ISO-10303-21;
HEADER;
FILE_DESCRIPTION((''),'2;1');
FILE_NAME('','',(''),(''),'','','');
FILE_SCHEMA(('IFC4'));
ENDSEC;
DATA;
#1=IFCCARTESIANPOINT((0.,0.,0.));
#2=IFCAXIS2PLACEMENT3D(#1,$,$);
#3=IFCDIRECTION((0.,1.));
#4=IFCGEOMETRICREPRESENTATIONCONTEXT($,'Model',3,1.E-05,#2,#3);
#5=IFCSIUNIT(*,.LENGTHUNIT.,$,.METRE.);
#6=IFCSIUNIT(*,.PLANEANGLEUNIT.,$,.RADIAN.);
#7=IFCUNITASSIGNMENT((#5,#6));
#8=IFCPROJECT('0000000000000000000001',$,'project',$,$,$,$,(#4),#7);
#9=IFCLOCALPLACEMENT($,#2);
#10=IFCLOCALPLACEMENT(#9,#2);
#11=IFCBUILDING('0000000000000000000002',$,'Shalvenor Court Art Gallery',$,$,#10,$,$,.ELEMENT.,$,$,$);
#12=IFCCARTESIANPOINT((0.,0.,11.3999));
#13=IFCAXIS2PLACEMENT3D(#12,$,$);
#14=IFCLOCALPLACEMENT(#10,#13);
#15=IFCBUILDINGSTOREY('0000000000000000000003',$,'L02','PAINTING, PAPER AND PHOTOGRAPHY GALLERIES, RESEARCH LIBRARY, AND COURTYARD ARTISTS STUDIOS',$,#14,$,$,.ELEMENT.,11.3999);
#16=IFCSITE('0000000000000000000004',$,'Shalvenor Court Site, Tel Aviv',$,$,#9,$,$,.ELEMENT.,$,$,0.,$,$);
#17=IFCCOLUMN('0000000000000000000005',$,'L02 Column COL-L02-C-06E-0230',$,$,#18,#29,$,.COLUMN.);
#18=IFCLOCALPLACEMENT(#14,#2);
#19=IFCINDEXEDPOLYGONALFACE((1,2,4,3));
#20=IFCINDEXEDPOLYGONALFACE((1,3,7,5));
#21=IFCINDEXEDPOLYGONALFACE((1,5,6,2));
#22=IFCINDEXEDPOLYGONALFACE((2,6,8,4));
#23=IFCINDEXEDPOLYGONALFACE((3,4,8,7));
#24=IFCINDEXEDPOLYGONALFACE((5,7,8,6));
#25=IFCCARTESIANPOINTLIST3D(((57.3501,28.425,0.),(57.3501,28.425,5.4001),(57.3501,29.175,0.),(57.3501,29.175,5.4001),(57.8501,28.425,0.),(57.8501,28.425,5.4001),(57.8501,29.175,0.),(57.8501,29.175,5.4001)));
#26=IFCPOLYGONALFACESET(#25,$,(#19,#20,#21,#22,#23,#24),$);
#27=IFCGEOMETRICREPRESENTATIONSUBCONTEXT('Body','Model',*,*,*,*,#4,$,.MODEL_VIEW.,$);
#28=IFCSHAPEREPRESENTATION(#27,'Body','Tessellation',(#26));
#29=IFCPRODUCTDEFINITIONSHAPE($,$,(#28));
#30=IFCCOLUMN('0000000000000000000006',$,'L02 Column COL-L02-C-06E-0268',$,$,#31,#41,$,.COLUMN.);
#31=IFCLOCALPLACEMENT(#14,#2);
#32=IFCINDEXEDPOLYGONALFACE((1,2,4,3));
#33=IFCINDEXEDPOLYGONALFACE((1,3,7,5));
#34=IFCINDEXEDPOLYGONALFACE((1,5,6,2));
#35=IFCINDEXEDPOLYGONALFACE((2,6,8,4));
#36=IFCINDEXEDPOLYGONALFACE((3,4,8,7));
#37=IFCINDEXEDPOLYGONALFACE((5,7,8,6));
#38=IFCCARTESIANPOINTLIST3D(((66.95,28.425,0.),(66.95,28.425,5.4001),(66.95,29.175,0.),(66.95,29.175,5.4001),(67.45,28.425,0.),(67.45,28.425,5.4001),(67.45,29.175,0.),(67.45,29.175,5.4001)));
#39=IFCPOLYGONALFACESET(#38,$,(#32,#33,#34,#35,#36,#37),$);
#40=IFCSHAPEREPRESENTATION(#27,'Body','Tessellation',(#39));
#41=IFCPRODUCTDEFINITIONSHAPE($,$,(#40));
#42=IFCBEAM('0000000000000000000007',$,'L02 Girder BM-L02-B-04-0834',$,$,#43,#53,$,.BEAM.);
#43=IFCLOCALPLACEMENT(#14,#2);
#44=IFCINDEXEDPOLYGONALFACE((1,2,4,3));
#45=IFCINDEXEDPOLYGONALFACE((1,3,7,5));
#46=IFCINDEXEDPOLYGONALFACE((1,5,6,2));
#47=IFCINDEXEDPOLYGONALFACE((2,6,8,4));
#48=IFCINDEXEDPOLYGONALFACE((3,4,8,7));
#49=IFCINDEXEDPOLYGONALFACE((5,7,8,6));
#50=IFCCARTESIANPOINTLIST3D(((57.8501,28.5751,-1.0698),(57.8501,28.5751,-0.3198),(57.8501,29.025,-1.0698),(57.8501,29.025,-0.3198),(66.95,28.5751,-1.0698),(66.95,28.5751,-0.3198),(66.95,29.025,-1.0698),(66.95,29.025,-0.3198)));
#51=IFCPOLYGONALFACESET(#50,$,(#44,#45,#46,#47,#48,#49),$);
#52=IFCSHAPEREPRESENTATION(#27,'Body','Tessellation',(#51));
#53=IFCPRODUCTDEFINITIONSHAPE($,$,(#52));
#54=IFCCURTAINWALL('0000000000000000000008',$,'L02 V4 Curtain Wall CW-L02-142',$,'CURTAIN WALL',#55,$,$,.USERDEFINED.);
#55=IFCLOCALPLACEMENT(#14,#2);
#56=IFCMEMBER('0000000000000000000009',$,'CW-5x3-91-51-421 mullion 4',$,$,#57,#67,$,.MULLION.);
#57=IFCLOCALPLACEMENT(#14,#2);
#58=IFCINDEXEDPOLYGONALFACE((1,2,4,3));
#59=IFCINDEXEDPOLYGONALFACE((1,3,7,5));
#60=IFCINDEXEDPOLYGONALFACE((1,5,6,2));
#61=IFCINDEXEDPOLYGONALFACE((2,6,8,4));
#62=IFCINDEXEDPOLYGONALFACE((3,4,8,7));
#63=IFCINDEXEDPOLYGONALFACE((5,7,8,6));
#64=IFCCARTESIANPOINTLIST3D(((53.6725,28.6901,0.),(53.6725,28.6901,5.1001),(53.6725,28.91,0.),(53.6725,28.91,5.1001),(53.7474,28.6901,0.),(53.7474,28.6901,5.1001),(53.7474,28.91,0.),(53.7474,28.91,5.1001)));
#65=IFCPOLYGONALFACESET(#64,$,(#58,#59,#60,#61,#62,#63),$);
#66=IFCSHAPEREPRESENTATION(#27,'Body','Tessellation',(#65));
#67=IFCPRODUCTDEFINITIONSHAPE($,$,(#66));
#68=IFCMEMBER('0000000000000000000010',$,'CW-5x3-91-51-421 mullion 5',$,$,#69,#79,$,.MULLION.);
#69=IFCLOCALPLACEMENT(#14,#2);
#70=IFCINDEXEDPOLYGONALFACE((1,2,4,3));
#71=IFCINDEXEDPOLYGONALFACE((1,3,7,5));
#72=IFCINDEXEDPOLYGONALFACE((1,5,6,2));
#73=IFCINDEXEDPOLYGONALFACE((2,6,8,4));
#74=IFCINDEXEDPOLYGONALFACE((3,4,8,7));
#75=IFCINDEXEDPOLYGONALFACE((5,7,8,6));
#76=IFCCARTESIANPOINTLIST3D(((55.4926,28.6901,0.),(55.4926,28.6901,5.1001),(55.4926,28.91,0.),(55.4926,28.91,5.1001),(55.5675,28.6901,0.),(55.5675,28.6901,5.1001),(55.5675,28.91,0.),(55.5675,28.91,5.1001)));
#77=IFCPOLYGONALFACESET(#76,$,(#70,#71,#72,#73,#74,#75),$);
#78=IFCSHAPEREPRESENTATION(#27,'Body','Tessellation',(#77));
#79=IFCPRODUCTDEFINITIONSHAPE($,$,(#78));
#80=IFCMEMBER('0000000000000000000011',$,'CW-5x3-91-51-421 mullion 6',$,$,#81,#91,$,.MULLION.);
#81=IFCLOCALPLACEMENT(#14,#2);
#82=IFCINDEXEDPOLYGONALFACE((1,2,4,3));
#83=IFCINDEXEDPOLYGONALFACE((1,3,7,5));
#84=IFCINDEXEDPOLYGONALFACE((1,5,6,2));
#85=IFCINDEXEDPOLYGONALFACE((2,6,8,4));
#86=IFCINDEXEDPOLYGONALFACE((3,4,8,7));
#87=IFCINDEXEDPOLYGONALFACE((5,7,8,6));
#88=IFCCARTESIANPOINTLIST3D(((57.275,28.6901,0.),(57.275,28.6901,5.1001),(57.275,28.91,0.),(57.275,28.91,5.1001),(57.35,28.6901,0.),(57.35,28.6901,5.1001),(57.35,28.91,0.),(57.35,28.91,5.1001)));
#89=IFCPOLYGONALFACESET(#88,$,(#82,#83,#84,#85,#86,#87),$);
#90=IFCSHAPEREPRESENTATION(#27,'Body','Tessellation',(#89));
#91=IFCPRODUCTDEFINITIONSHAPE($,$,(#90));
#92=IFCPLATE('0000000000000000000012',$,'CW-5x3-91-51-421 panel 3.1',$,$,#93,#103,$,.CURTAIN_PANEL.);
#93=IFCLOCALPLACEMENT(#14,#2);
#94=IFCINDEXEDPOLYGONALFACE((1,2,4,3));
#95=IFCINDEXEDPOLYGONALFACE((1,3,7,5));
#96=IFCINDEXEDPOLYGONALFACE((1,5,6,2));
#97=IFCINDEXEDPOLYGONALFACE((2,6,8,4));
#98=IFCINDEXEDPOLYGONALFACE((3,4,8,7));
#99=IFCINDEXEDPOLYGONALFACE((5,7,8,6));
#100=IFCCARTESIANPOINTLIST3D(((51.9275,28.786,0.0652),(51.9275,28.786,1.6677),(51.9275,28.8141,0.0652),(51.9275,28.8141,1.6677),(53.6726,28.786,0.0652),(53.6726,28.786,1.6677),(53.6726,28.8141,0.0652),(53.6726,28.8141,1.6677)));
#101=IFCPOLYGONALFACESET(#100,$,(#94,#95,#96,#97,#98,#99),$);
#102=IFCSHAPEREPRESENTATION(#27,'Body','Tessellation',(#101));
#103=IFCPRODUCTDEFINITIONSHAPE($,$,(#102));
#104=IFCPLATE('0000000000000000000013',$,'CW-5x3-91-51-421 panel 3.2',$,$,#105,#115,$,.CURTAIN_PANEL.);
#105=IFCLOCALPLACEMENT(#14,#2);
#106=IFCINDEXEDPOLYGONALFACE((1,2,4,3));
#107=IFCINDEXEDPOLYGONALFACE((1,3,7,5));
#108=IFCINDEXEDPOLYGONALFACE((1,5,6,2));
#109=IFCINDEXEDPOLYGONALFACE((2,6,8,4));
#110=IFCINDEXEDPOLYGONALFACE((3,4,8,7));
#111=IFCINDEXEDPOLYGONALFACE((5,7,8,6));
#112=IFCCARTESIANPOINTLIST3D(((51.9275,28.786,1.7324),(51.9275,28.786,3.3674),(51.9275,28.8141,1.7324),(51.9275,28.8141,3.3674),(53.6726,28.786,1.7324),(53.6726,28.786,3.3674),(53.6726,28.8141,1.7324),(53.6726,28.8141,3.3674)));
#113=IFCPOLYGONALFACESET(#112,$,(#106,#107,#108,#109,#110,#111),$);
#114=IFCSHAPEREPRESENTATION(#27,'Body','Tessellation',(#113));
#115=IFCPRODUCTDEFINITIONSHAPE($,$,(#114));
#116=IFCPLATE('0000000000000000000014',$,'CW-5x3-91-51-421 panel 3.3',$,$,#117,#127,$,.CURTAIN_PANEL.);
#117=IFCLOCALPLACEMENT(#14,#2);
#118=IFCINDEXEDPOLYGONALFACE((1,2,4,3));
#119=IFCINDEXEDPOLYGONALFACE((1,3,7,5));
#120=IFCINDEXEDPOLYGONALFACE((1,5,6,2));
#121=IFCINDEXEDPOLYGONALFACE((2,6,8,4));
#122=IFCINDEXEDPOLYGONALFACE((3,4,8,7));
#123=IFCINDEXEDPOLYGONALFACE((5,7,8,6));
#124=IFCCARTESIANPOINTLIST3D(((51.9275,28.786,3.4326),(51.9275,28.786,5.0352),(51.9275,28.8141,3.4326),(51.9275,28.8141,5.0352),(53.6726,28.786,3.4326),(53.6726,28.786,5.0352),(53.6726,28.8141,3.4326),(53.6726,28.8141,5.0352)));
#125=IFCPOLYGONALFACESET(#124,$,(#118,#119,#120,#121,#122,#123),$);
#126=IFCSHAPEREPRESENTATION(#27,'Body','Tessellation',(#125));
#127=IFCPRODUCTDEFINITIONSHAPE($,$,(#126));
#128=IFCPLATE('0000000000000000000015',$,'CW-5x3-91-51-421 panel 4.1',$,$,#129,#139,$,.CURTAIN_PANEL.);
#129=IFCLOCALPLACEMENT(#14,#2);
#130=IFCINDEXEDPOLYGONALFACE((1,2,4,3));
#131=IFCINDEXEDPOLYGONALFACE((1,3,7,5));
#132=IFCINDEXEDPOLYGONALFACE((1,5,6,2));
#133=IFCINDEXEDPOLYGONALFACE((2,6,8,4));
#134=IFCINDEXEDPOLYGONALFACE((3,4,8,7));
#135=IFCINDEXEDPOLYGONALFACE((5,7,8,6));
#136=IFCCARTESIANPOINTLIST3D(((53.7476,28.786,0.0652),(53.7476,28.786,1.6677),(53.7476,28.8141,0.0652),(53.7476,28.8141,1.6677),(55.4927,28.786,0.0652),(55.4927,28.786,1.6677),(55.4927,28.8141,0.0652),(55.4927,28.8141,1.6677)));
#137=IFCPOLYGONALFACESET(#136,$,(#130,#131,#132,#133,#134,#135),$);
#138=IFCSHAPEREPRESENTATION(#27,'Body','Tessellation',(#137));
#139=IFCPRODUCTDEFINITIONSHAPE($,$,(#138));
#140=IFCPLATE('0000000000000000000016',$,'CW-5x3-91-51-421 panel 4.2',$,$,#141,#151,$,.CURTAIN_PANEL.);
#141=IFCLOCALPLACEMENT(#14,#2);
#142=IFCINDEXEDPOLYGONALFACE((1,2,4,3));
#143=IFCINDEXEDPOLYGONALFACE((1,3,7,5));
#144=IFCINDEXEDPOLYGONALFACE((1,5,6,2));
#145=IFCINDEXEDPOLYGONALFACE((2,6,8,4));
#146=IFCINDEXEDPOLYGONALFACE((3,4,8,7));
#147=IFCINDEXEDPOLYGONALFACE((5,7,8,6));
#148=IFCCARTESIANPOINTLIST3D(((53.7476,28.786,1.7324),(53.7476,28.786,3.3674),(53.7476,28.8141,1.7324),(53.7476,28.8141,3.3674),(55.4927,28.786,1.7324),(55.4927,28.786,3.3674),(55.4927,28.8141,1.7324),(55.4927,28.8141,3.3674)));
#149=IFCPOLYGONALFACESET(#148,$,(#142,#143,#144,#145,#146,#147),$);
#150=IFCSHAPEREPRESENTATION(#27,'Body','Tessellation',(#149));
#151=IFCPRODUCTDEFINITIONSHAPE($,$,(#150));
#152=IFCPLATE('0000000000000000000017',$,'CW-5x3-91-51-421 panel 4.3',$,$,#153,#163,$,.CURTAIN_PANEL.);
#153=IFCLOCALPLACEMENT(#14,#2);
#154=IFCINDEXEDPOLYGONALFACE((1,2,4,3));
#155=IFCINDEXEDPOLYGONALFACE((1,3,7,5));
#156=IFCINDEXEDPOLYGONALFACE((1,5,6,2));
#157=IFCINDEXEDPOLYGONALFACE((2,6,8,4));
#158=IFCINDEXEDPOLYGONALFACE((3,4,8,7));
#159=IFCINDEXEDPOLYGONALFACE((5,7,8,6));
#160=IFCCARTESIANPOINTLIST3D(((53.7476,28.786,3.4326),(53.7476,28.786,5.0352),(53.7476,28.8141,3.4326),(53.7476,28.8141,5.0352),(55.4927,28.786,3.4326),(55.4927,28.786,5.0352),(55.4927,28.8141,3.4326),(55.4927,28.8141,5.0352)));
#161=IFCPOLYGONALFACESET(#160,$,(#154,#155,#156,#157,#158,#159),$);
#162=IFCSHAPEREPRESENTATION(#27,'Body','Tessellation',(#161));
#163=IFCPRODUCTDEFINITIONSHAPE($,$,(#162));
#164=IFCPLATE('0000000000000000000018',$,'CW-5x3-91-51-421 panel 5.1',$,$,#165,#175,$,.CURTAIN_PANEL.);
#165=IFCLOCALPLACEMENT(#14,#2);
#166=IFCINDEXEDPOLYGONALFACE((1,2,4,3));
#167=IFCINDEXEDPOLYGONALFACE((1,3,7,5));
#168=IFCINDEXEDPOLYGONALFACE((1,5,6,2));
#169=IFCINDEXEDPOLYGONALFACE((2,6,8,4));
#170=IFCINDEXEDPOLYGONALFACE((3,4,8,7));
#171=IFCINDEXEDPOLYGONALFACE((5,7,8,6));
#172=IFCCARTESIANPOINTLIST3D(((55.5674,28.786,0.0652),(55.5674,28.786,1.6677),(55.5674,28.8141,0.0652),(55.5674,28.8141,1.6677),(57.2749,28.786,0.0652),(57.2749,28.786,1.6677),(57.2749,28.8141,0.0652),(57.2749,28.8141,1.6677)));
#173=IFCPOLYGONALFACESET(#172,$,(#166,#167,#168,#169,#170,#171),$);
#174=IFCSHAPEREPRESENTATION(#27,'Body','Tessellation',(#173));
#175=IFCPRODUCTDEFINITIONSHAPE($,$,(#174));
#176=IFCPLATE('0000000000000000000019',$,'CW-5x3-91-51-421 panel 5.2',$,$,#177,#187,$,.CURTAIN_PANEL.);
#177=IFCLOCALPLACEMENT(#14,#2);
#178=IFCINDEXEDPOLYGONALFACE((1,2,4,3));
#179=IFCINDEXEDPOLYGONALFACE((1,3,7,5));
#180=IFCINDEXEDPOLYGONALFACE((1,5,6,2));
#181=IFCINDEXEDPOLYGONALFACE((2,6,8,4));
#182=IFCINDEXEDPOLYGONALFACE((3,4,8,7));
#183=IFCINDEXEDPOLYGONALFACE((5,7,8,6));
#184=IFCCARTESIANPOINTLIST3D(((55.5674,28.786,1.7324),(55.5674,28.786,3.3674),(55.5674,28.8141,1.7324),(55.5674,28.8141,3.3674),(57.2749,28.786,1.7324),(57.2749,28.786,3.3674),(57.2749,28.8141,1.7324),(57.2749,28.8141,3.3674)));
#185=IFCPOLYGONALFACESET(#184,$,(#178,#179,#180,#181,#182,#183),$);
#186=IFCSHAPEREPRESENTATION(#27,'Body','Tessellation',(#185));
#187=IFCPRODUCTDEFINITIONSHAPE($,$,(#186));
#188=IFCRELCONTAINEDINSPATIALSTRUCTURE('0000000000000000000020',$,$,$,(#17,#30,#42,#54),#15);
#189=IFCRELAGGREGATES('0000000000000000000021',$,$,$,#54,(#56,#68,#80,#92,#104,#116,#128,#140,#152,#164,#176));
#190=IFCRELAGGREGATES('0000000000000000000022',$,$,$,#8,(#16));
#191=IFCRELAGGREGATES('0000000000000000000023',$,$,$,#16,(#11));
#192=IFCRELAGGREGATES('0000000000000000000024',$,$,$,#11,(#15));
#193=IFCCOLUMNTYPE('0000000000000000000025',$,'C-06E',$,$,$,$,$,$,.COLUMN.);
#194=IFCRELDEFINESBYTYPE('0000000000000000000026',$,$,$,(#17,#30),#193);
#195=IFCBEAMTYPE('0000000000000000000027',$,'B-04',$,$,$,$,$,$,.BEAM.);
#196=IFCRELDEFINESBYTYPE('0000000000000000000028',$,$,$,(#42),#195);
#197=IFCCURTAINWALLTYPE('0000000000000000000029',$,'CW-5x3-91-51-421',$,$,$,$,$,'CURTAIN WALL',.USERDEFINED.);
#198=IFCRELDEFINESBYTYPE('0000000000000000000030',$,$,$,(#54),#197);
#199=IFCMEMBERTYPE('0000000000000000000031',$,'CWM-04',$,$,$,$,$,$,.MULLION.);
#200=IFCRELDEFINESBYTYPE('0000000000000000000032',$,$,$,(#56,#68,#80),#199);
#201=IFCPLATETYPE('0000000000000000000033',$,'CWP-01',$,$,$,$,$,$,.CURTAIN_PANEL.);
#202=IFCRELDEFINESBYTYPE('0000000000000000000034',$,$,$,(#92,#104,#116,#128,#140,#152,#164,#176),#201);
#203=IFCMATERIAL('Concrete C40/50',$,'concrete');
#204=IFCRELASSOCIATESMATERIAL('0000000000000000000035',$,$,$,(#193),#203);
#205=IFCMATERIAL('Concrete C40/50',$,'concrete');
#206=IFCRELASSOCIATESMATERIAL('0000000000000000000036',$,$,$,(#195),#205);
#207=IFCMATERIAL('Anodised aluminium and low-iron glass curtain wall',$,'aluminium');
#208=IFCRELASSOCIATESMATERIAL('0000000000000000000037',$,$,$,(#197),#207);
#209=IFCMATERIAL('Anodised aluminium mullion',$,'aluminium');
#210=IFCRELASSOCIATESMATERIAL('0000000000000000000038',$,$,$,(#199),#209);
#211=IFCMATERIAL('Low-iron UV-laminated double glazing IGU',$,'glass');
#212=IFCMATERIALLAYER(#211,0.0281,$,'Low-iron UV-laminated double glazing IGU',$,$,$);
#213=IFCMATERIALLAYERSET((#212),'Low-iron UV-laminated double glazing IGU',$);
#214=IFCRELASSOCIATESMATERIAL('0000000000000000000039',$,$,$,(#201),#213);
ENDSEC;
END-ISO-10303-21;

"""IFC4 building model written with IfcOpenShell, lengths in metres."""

from ifc_helpers import new_model, si_unit, direction, frame, origin, origin_2d, place, context, subcontext, project, spatial, rectangle, extrude, material, layer, layer_set, material_profile, profile_set, type_object, element, aggregate, save


model = new_model("IFC4")

# Units and contexts
model_context = context("Model", 3, precision=1e-05, world=origin(), true_north=direction((0.0, 1.0)))
body_context = subcontext(model_context, "Body", "Model", "MODEL_VIEW")
ifc_project = project(units=[si_unit("LENGTHUNIT", "METRE"), si_unit("PLANEANGLEUNIT", "RADIAN")], contexts=[model_context])

# Site, building, storey
site_placement = place(None, origin())
site = spatial("IfcSite", under=ifc_project, at=site_placement, Name="Shalvenor Court Site, Tel Aviv", CompositionType="ELEMENT", RefElevation=0.0)
building_placement = place(site_placement, origin())
building = spatial("IfcBuilding", under=site, at=building_placement, Name="Shalvenor Court Art Gallery", CompositionType="ELEMENT")
storey_placement = place(building_placement, frame((0.0, 0.0, 11.3999)))
storey = spatial("IfcBuildingStorey", under=building, at=storey_placement, Name="L02", Description="PAINTING, PAPER AND PHOTOGRAPHY GALLERIES, RESEARCH LIBRARY, AND COURTYARD ARTISTS STUDIOS", CompositionType="ELEMENT", Elevation=11.3999)

# Columns
ifc_material_1 = material(Name="Concrete C40/50", Category="concrete")
ifc_material_profile_1 = material_profile(ifc_material_1, rectangle(XDim=0.5, YDim=0.75, at=origin_2d()), Name="RC 500x750")
ifc_profile_set_1 = profile_set([ifc_material_profile_1], Name="Concrete C40/50")
column_type = type_object("IfcColumnType", Name="C-06E", PredefinedType="COLUMN", material=ifc_profile_set_1)
for number, where, z_axis, x_axis, name in (
    (1, (57.6001, 28.8, 0.0), (0.0, 0.0, 1.0), (1.0, 0.0, 0.0), "L02 Column COL-L02-C-06E-0230"),
    (2, (67.2, 28.8, 0.0), (0.0, 0.0, 1.0), (1.0, 0.0, 0.0), "L02 Column COL-L02-C-06E-0268"),
):
    element("IfcColumn", number, at=place(storey_placement, frame(where, z_axis=z_axis, x_axis=x_axis)), inside=storey, type_object=column_type, Name=name, PredefinedType="COLUMN", context=body_context, shape_type="SweptSolid", body=[
        extrude(rectangle(XDim=0.5, YDim=0.75, at=origin_2d()), origin(), (0.0, 0.0, 1.0), 5.4001),
    ])

# Beam
ifc_material_2 = material(Name="Concrete C40/50", Category="concrete")
ifc_material_profile_2 = material_profile(ifc_material_2, rectangle(XDim=0.45, YDim=0.75, at=origin_2d()), Name="RC 450x750")
ifc_profile_set_2 = profile_set([ifc_material_profile_2], Name="Concrete C40/50")
beam_type = type_object("IfcBeamType", Name="B-04", PredefinedType="BEAM", material=ifc_profile_set_2)
beam_placement = place(storey_placement, frame((57.8501, 28.8, -0.6948), z_axis=(1.0, 0.0, 0.0), x_axis=(0.0, 1.0, 0.0)))
element("IfcBeam", 3, at=beam_placement, inside=storey, type_object=beam_type, Name="L02 Girder BM-L02-B-04-0834", PredefinedType="BEAM", context=body_context, shape_type="SweptSolid", body=[
    extrude(rectangle(XDim=0.45, YDim=0.75, at=origin_2d()), origin(), (0.0, 0.0, 1.0), 9.0999),
])

# Curtain wall, members, plates
ifc_material_3 = material(Name="Anodised aluminium and low-iron glass curtain wall", Category="aluminium")
curtain_wall_type = type_object("IfcCurtainWallType", Name="CW-5x3-91-51-421", ElementType="CURTAIN WALL", PredefinedType="USERDEFINED", material=ifc_material_3)
curtain_wall_placement = place(storey_placement, origin())
curtain_wall = element("IfcCurtainWall", 4, at=curtain_wall_placement, inside=storey, type_object=curtain_wall_type, Name="L02 V4 Curtain Wall CW-L02-142", ObjectType="CURTAIN WALL", PredefinedType="USERDEFINED")
ifc_material_4 = material(Name="Anodised aluminium mullion", Category="aluminium")
ifc_material_profile_3 = material_profile(ifc_material_4, rectangle(XDim=0.075, YDim=0.22, at=origin_2d()), Name="CWM-04")
ifc_profile_set_3 = profile_set([ifc_material_profile_3], Name="Anodised aluminium mullion")
member_type = type_object("IfcMemberType", Name="CWM-04", PredefinedType="MULLION", material=ifc_profile_set_3)
member_1_placement = place(storey_placement, frame((53.71, 28.8, 0.0), z_axis=(0.0, 0.0, 1.0), x_axis=(1.0, 0.0, 0.0)))
member_1 = element("IfcMember", 5, at=member_1_placement, type_object=member_type, Name="CW-5x3-91-51-421 mullion 4", PredefinedType="MULLION", context=body_context, shape_type="SweptSolid", body=[
    extrude(rectangle(XDim=0.075, YDim=0.22, at=origin_2d()), origin(), (0.0, 0.0, 1.0), 5.1001),
])
member_2_placement = place(storey_placement, frame((55.53, 28.8, 0.0), z_axis=(0.0, 0.0, 1.0), x_axis=(1.0, 0.0, 0.0)))
member_2 = element("IfcMember", 6, at=member_2_placement, type_object=member_type, Name="CW-5x3-91-51-421 mullion 5", PredefinedType="MULLION", context=body_context, shape_type="SweptSolid", body=[
    extrude(rectangle(XDim=0.075, YDim=0.22, at=origin_2d()), origin(), (0.0, 0.0, 1.0), 5.1001),
])
member_3_placement = place(storey_placement, frame((57.3125, 28.8, 0.0), z_axis=(0.0, 0.0, 1.0), x_axis=(1.0, 0.0, 0.0)))
member_3 = element("IfcMember", 7, at=member_3_placement, type_object=member_type, Name="CW-5x3-91-51-421 mullion 6", PredefinedType="MULLION", context=body_context, shape_type="SweptSolid", body=[
    extrude(rectangle(XDim=0.075, YDim=0.22, at=origin_2d()), origin(), (0.0, 0.0, 1.0), 5.1001),
])
ifc_material_5 = material(Name="Low-iron UV-laminated double glazing IGU", Category="glass")
ifc_layer_1 = layer(ifc_material_5, 0.0281, Name="Low-iron UV-laminated double glazing IGU")
ifc_layer_set_1 = layer_set([ifc_layer_1], Name="Low-iron UV-laminated double glazing IGU")
plate_type_1 = type_object("IfcPlateType", Name="CWP-01", PredefinedType="CURTAIN_PANEL", material=ifc_layer_set_1)
plate_1_placement = place(storey_placement, frame((52.8, 28.8, 0.0652), z_axis=(0.0, 0.0, 1.0), x_axis=(1.0, 0.0, 0.0)))
plate_1 = element("IfcPlate", 8, at=plate_1_placement, type_object=plate_type_1, Name="CW-5x3-91-51-421 panel 3.1", PredefinedType="CURTAIN_PANEL", context=body_context, shape_type="SweptSolid", body=[
    extrude(rectangle(XDim=1.7451, YDim=0.0281, at=origin_2d()), origin(), (0.0, 0.0, 1.0), 1.6025),
])
plate_2_placement = place(storey_placement, frame((52.8, 28.8, 1.7324), z_axis=(0.0, 0.0, 1.0), x_axis=(1.0, 0.0, 0.0)))
plate_2 = element("IfcPlate", 9, at=plate_2_placement, type_object=plate_type_1, Name="CW-5x3-91-51-421 panel 3.2", PredefinedType="CURTAIN_PANEL", context=body_context, shape_type="SweptSolid", body=[
    extrude(rectangle(XDim=1.7451, YDim=0.0281, at=origin_2d()), origin(), (0.0, 0.0, 1.0), 1.635),
])
plate_3_placement = place(storey_placement, frame((52.8, 28.8, 3.4326), z_axis=(0.0, 0.0, 1.0), x_axis=(1.0, 0.0, 0.0)))
plate_3 = element("IfcPlate", 10, at=plate_3_placement, type_object=plate_type_1, Name="CW-5x3-91-51-421 panel 3.3", PredefinedType="CURTAIN_PANEL", context=body_context, shape_type="SweptSolid", body=[
    extrude(rectangle(XDim=1.7451, YDim=0.0281, at=origin_2d()), origin(), (0.0, 0.0, 1.0), 1.6025),
])
plate_4_placement = place(storey_placement, frame((54.6201, 28.8, 0.0652), z_axis=(0.0, 0.0, 1.0), x_axis=(1.0, 0.0, 0.0)))
plate_4 = element("IfcPlate", 11, at=plate_4_placement, type_object=plate_type_1, Name="CW-5x3-91-51-421 panel 4.1", PredefinedType="CURTAIN_PANEL", context=body_context, shape_type="SweptSolid", body=[
    extrude(rectangle(XDim=1.7451, YDim=0.0281, at=origin_2d()), origin(), (0.0, 0.0, 1.0), 1.6025),
])
plate_5_placement = place(storey_placement, frame((54.6201, 28.8, 1.7324), z_axis=(0.0, 0.0, 1.0), x_axis=(1.0, 0.0, 0.0)))
plate_5 = element("IfcPlate", 12, at=plate_5_placement, type_object=plate_type_1, Name="CW-5x3-91-51-421 panel 4.2", PredefinedType="CURTAIN_PANEL", context=body_context, shape_type="SweptSolid", body=[
    extrude(rectangle(XDim=1.7451, YDim=0.0281, at=origin_2d()), origin(), (0.0, 0.0, 1.0), 1.635),
])
plate_6_placement = place(storey_placement, frame((54.6201, 28.8, 3.4326), z_axis=(0.0, 0.0, 1.0), x_axis=(1.0, 0.0, 0.0)))
plate_6 = element("IfcPlate", 13, at=plate_6_placement, type_object=plate_type_1, Name="CW-5x3-91-51-421 panel 4.3", PredefinedType="CURTAIN_PANEL", context=body_context, shape_type="SweptSolid", body=[
    extrude(rectangle(XDim=1.7451, YDim=0.0281, at=origin_2d()), origin(), (0.0, 0.0, 1.0), 1.6025),
])
plate_7_placement = place(storey_placement, frame((56.4211, 28.8, 0.0652), z_axis=(0.0, 0.0, 1.0), x_axis=(1.0, 0.0, 0.0)))
plate_7 = element("IfcPlate", 14, at=plate_7_placement, type_object=plate_type_1, Name="CW-5x3-91-51-421 panel 5.1", PredefinedType="CURTAIN_PANEL", context=body_context, shape_type="SweptSolid", body=[
    extrude(rectangle(XDim=1.7075, YDim=0.0281, at=origin_2d()), origin(), (0.0, 0.0, 1.0), 1.6025),
])
plate_8_placement = place(storey_placement, frame((56.4211, 28.8, 1.7324), z_axis=(0.0, 0.0, 1.0), x_axis=(1.0, 0.0, 0.0)))
plate_8 = element("IfcPlate", 15, at=plate_8_placement, type_object=plate_type_1, Name="CW-5x3-91-51-421 panel 5.2", PredefinedType="CURTAIN_PANEL", context=body_context, shape_type="SweptSolid", body=[
    extrude(rectangle(XDim=1.7075, YDim=0.0281, at=origin_2d()), origin(), (0.0, 0.0, 1.0), 1.635),
])
aggregate(curtain_wall, [member_1, member_2, member_3, plate_1, plate_2, plate_3, plate_4, plate_5, plate_6, plate_7, plate_8])

save(model, "model.ifc")
